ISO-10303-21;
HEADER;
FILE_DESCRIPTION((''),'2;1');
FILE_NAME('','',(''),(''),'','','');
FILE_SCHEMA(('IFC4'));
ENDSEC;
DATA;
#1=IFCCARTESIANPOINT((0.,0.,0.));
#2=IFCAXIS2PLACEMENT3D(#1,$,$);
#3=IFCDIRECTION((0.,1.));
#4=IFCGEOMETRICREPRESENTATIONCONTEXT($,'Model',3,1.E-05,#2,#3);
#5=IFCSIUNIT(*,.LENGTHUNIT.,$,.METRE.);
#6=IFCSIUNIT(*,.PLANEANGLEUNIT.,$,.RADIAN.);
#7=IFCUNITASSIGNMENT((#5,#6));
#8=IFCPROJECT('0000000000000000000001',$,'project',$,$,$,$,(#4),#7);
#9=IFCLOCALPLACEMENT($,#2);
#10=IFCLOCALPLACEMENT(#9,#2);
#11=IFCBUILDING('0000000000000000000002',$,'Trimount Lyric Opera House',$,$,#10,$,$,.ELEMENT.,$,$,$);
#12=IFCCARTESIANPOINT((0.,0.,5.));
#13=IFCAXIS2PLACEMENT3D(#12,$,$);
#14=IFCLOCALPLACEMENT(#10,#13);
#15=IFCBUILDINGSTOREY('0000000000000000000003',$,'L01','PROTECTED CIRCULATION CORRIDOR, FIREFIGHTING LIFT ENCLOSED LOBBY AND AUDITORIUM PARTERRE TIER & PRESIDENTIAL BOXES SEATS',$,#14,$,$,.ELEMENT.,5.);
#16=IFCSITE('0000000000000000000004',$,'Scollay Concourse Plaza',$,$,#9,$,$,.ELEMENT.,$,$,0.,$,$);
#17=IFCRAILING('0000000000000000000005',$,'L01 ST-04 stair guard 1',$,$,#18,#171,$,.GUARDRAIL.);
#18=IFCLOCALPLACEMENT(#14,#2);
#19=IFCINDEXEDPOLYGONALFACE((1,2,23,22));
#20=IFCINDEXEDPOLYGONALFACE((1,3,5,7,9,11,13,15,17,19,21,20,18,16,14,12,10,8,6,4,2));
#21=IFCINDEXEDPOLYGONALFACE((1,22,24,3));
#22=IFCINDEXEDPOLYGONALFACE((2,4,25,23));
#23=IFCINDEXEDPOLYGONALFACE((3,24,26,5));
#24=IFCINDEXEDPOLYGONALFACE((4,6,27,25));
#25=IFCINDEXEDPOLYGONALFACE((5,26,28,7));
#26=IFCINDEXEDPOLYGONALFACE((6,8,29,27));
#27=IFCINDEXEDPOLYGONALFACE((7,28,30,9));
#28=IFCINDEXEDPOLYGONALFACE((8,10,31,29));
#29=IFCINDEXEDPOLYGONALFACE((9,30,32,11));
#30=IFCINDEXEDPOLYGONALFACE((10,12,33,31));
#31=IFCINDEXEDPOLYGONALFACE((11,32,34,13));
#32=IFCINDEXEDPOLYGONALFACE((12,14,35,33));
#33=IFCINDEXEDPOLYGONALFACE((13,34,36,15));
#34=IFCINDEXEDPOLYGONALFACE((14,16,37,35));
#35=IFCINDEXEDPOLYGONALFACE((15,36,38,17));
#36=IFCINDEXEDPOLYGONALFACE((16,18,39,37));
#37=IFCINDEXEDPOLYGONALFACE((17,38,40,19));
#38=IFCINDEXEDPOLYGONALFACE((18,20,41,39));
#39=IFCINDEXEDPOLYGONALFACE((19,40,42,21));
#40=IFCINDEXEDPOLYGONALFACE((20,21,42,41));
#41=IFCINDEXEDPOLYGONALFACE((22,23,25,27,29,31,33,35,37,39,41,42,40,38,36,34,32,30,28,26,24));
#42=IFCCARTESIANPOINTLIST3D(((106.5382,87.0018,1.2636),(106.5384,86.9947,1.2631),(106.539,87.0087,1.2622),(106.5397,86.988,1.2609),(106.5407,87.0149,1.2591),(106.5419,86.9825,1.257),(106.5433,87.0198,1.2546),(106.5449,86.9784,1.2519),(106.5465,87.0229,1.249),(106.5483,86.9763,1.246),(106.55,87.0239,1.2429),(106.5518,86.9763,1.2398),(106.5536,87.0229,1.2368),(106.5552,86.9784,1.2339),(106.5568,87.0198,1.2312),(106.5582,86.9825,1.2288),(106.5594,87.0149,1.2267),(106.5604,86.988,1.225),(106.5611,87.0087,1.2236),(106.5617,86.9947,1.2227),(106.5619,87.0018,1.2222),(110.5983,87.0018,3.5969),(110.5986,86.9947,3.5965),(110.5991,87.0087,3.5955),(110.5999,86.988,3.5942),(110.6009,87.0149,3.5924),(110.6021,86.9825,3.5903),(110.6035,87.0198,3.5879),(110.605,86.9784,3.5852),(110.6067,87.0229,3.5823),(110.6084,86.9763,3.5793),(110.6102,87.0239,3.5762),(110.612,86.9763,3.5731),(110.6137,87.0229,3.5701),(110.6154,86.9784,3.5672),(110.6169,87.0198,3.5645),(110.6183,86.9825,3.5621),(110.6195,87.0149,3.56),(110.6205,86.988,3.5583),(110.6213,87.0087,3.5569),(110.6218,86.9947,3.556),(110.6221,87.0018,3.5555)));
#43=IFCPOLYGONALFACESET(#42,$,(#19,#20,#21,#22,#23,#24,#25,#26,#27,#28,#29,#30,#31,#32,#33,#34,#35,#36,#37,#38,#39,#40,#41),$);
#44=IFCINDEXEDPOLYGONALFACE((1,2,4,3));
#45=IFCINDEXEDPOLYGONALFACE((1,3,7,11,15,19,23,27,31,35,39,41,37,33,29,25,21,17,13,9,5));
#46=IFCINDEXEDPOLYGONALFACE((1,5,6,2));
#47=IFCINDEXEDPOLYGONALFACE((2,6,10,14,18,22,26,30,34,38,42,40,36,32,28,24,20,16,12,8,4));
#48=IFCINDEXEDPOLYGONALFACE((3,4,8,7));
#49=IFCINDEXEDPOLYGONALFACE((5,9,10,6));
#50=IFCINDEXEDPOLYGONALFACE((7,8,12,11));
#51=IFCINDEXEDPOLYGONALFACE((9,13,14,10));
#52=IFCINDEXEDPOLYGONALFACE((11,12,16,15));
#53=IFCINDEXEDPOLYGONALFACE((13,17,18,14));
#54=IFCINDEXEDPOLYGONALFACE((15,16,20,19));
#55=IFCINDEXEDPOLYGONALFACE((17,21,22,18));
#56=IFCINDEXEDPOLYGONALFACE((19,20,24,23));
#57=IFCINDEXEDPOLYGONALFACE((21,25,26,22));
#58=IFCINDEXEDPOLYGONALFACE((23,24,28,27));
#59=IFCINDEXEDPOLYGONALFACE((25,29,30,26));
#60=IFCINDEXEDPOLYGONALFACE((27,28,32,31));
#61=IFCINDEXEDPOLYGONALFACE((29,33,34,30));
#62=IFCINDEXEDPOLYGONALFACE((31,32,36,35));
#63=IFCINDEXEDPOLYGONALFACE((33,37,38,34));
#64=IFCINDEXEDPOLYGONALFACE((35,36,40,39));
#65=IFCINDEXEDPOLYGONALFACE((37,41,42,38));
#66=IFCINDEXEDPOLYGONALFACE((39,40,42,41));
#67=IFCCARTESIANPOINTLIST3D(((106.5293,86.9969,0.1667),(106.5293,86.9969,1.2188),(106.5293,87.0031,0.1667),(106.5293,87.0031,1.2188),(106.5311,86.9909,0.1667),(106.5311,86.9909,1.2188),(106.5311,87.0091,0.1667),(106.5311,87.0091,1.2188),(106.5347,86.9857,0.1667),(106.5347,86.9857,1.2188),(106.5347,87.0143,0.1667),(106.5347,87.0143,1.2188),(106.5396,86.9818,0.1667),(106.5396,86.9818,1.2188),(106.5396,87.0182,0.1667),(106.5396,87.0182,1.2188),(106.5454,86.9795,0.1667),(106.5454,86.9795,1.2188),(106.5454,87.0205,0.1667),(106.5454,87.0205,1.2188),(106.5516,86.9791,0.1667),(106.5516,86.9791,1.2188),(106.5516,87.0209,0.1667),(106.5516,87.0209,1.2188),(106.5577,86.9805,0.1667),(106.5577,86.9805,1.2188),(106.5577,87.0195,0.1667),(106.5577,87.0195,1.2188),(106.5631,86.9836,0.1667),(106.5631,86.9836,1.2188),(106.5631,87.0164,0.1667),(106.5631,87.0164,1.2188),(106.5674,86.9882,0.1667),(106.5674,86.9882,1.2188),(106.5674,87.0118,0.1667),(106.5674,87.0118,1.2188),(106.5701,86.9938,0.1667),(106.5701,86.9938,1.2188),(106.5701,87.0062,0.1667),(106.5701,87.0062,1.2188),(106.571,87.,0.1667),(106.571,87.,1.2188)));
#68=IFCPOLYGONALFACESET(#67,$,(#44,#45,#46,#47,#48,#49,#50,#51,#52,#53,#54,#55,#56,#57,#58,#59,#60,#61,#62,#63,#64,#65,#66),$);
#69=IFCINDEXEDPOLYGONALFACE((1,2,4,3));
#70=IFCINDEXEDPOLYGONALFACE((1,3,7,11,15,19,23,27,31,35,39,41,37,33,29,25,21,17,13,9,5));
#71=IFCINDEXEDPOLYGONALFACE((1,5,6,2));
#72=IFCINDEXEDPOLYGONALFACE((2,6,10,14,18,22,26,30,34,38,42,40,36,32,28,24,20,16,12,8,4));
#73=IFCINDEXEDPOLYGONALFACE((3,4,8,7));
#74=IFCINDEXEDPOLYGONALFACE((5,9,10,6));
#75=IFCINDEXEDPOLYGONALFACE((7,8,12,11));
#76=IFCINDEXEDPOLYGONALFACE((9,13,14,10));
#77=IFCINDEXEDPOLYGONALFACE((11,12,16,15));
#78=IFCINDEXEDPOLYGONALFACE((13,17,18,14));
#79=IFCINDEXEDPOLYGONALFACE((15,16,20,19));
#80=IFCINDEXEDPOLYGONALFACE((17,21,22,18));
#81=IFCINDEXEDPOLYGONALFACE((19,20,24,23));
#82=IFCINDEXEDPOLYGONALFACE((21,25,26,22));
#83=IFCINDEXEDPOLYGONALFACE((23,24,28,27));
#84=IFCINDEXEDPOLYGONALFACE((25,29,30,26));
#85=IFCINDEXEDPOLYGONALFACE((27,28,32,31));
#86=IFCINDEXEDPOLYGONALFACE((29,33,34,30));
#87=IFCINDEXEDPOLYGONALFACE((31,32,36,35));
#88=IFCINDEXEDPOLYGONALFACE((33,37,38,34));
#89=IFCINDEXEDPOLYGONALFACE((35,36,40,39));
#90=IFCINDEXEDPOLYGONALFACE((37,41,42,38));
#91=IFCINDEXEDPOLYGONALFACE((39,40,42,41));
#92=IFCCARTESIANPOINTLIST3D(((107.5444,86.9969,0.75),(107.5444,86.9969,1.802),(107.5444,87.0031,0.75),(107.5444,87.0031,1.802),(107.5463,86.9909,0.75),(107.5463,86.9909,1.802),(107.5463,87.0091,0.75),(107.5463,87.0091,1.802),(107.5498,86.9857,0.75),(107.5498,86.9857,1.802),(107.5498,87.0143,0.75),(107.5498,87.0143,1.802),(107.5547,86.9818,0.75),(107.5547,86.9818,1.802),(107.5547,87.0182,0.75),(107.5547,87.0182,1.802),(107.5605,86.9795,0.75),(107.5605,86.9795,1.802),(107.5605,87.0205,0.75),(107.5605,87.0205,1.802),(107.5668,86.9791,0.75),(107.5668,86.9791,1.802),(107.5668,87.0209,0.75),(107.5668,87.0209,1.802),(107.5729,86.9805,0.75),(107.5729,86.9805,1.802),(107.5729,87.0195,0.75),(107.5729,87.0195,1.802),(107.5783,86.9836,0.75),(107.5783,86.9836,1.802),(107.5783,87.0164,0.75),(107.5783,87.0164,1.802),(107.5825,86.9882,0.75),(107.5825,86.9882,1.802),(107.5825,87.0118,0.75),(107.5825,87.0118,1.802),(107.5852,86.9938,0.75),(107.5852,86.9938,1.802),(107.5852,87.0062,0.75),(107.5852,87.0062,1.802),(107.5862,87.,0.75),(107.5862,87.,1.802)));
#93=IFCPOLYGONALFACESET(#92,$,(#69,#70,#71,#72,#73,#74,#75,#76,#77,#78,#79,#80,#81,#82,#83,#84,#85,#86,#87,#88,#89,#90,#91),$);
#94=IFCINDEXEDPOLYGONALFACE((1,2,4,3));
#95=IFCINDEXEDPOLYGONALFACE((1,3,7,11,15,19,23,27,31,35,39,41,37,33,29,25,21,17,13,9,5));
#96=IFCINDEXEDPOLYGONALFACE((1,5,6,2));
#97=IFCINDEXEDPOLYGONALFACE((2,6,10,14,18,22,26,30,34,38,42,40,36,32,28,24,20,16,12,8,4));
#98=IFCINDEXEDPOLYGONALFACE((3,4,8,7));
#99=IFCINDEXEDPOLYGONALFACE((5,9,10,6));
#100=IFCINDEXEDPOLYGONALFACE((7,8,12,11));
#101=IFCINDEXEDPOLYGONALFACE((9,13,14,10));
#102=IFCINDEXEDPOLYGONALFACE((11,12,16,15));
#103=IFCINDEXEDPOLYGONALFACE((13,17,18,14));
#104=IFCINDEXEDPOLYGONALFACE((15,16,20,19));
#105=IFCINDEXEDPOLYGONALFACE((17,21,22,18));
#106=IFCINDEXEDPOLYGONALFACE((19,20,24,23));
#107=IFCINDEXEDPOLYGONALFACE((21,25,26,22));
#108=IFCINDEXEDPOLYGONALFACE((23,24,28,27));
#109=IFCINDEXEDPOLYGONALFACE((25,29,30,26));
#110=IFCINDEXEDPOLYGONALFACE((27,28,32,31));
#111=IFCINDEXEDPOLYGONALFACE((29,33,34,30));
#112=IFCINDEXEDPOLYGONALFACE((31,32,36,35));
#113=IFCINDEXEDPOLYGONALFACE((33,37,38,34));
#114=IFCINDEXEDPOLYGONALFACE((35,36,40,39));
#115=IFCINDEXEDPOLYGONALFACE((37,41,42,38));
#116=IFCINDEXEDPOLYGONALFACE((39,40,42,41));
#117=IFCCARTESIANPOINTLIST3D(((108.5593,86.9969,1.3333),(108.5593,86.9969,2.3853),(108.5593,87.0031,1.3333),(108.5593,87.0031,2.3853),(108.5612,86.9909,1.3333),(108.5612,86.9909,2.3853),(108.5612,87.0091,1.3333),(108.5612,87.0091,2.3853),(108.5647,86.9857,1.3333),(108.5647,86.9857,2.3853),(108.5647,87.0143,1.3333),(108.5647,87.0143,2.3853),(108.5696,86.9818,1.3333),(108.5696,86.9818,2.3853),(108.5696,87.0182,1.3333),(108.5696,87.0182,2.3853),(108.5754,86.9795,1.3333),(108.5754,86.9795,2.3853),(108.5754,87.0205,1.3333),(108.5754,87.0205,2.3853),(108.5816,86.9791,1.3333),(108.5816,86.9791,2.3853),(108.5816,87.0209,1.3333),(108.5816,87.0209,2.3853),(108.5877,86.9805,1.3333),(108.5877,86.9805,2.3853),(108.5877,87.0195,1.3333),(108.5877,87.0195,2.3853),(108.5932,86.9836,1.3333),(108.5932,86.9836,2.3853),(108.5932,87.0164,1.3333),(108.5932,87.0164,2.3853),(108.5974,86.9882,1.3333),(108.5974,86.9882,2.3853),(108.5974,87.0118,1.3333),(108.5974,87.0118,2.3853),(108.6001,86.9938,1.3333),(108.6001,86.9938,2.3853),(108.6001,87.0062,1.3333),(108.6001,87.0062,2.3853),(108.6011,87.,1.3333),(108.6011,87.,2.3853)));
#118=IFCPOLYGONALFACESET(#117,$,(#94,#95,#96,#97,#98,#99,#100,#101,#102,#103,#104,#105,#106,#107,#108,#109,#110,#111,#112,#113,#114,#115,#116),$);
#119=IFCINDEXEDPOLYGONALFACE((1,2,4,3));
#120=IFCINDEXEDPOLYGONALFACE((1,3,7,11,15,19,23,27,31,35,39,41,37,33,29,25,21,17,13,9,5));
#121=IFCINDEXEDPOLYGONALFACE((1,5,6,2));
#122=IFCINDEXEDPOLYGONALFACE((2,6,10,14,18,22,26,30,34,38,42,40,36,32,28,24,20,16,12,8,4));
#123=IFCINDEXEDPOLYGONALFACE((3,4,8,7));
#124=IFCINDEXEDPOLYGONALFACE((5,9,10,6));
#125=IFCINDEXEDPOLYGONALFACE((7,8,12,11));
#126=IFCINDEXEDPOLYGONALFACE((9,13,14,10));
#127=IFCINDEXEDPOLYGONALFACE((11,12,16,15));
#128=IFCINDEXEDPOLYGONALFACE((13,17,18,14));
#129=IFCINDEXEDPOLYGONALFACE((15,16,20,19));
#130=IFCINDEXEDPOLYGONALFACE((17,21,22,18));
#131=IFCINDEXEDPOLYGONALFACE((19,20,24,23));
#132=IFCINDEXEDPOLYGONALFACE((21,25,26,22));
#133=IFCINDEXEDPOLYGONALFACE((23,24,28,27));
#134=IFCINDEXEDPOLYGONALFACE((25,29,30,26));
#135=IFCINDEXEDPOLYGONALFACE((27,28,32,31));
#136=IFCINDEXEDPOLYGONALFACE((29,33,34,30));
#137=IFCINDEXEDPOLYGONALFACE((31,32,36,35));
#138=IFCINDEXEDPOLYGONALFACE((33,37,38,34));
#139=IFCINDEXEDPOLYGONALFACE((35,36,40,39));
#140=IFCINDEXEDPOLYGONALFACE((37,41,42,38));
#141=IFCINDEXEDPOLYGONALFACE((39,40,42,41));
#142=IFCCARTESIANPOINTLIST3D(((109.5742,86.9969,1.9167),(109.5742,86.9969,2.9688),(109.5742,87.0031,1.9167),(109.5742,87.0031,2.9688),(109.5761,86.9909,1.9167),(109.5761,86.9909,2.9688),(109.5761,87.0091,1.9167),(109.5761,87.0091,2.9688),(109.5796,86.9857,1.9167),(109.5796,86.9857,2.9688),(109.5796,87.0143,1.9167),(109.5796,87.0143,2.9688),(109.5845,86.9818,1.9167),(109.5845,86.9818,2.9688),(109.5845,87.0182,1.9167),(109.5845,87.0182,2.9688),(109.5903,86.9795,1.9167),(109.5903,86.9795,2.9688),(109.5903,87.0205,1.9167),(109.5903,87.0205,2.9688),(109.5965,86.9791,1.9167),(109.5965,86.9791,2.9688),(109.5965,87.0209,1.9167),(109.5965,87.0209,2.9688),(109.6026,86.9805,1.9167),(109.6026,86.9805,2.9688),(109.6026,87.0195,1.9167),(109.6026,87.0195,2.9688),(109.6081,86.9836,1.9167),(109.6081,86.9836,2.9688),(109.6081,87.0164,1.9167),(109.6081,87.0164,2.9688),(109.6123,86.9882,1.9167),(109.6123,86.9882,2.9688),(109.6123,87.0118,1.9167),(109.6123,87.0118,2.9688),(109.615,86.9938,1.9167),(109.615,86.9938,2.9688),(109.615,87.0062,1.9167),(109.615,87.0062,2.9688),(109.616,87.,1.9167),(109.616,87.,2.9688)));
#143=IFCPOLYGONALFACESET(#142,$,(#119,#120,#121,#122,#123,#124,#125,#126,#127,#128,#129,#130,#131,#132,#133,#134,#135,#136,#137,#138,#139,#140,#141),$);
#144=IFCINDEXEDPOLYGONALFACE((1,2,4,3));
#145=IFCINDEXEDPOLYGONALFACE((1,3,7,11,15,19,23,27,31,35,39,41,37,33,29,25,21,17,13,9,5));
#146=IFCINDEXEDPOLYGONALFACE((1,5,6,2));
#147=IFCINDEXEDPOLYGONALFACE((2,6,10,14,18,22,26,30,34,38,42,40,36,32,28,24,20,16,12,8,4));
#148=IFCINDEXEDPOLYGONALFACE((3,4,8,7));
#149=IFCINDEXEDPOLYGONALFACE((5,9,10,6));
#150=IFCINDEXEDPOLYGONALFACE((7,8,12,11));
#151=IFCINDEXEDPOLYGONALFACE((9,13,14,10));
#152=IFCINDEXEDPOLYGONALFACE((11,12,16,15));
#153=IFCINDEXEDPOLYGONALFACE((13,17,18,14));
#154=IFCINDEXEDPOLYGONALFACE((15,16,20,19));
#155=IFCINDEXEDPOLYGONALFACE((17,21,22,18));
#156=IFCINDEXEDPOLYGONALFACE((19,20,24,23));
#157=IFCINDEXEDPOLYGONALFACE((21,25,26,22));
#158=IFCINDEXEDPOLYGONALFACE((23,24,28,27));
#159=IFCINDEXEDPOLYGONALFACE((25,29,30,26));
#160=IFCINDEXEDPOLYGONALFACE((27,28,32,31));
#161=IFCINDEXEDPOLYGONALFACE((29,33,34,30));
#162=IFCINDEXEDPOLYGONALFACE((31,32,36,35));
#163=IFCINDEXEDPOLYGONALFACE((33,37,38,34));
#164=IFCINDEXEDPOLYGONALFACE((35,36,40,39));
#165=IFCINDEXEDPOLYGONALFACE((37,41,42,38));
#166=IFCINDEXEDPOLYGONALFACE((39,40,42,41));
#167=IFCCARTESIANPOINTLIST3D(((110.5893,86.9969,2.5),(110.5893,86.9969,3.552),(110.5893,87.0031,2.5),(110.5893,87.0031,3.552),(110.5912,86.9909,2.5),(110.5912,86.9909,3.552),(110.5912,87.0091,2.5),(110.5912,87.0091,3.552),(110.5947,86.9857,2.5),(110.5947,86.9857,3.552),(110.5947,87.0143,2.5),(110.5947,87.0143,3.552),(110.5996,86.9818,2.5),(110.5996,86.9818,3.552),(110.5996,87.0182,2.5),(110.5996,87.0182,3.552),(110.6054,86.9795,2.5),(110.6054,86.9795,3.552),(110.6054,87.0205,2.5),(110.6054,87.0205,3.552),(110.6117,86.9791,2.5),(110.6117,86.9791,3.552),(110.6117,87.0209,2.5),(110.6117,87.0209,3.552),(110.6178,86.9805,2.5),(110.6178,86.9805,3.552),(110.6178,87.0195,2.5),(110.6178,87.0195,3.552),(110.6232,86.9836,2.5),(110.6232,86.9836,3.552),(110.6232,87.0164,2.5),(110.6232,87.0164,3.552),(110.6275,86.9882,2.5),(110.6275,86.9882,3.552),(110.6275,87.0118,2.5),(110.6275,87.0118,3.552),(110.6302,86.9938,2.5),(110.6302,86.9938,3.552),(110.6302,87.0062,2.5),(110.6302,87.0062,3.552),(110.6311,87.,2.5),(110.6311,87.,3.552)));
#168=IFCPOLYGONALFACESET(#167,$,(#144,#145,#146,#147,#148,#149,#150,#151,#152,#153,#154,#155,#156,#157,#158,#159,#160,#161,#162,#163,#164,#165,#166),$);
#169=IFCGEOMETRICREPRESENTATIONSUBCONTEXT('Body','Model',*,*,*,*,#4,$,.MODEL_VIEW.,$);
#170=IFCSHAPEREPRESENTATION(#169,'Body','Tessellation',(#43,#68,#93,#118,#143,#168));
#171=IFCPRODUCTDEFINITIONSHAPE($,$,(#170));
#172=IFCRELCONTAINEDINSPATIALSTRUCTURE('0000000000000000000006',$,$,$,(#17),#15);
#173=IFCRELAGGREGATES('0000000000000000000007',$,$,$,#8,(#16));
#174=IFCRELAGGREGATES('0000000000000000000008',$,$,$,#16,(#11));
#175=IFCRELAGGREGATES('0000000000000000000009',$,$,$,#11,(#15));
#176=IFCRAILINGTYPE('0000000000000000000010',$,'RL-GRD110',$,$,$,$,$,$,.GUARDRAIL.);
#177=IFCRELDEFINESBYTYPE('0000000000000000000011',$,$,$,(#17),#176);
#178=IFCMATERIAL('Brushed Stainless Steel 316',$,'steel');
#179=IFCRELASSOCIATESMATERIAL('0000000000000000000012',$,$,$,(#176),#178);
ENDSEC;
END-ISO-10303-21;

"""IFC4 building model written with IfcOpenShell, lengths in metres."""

from ifc_helpers import new_model, si_unit, direction, frame, origin, origin_2d, place, context, subcontext, project, spatial, circle, extrude, material, type_object, element, save


model = new_model("IFC4")

# Units and contexts
model_context = context("Model", 3, precision=1e-05, world=origin(), true_north=direction((0.0, 1.0)))
body_context = subcontext(model_context, "Body", "Model", "MODEL_VIEW")
ifc_project = project(units=[si_unit("LENGTHUNIT", "METRE"), si_unit("PLANEANGLEUNIT", "RADIAN")], contexts=[model_context])

# Site, building, storey
site_placement = place(None, origin())
site = spatial("IfcSite", under=ifc_project, at=site_placement, Name="Scollay Concourse Plaza", CompositionType="ELEMENT", RefElevation=0.0)
building_placement = place(site_placement, origin())
building = spatial("IfcBuilding", under=site, at=building_placement, Name="Trimount Lyric Opera House", CompositionType="ELEMENT")
storey_placement = place(building_placement, frame((0.0, 0.0, 5.0)))
storey = spatial("IfcBuildingStorey", under=building, at=storey_placement, Name="L01", Description="PROTECTED CIRCULATION CORRIDOR, FIREFIGHTING LIFT ENCLOSED LOBBY AND AUDITORIUM PARTERRE TIER & PRESIDENTIAL BOXES SEATS", CompositionType="ELEMENT", Elevation=5.0)

# Railing
ifc_material_1 = material(Name="Brushed Stainless Steel 316", Category="steel")
railing_type_1 = type_object("IfcRailingType", Name="RL-GRD110", PredefinedType="GUARDRAIL", material=ifc_material_1)
railing_1_placement = place(storey_placement, frame((106.55, 87.0, 0.1667)))
element("IfcRailing", 1, at=railing_1_placement, inside=storey, type_object=railing_type_1, Name="L01 ST-04 stair guard 1", PredefinedType="GUARDRAIL", context=body_context, shape_type="SweptSolid", body=[
    extrude(circle(Radius=0.0239, at=origin_2d()), frame((0.0, 0.0, 1.0762), z_axis=(0.867025, 0.0, 0.498265), x_axis=(0.0, 1.0, 0.0)), (0.0, 0.0, 1.0), 4.6829),
    extrude(circle(Radius=0.021, at=origin_2d()), origin(), (0.0, 0.0, 1.0), 1.052),
    extrude(circle(Radius=0.021, at=origin_2d()), frame((1.0151, 0.0, 0.5833)), (0.0, 0.0, 1.0), 1.052),
    extrude(circle(Radius=0.021, at=origin_2d()), frame((2.03, 0.0, 1.1665)), (0.0, 0.0, 1.0), 1.052),
    extrude(circle(Radius=0.021, at=origin_2d()), frame((3.0449, 0.0, 1.75)), (0.0, 0.0, 1.0), 1.052),
    extrude(circle(Radius=0.021, at=origin_2d()), frame((4.0601, 0.0, 2.3333)), (0.0, 0.0, 1.0), 1.052),
])

save(model, "model.ifc")
